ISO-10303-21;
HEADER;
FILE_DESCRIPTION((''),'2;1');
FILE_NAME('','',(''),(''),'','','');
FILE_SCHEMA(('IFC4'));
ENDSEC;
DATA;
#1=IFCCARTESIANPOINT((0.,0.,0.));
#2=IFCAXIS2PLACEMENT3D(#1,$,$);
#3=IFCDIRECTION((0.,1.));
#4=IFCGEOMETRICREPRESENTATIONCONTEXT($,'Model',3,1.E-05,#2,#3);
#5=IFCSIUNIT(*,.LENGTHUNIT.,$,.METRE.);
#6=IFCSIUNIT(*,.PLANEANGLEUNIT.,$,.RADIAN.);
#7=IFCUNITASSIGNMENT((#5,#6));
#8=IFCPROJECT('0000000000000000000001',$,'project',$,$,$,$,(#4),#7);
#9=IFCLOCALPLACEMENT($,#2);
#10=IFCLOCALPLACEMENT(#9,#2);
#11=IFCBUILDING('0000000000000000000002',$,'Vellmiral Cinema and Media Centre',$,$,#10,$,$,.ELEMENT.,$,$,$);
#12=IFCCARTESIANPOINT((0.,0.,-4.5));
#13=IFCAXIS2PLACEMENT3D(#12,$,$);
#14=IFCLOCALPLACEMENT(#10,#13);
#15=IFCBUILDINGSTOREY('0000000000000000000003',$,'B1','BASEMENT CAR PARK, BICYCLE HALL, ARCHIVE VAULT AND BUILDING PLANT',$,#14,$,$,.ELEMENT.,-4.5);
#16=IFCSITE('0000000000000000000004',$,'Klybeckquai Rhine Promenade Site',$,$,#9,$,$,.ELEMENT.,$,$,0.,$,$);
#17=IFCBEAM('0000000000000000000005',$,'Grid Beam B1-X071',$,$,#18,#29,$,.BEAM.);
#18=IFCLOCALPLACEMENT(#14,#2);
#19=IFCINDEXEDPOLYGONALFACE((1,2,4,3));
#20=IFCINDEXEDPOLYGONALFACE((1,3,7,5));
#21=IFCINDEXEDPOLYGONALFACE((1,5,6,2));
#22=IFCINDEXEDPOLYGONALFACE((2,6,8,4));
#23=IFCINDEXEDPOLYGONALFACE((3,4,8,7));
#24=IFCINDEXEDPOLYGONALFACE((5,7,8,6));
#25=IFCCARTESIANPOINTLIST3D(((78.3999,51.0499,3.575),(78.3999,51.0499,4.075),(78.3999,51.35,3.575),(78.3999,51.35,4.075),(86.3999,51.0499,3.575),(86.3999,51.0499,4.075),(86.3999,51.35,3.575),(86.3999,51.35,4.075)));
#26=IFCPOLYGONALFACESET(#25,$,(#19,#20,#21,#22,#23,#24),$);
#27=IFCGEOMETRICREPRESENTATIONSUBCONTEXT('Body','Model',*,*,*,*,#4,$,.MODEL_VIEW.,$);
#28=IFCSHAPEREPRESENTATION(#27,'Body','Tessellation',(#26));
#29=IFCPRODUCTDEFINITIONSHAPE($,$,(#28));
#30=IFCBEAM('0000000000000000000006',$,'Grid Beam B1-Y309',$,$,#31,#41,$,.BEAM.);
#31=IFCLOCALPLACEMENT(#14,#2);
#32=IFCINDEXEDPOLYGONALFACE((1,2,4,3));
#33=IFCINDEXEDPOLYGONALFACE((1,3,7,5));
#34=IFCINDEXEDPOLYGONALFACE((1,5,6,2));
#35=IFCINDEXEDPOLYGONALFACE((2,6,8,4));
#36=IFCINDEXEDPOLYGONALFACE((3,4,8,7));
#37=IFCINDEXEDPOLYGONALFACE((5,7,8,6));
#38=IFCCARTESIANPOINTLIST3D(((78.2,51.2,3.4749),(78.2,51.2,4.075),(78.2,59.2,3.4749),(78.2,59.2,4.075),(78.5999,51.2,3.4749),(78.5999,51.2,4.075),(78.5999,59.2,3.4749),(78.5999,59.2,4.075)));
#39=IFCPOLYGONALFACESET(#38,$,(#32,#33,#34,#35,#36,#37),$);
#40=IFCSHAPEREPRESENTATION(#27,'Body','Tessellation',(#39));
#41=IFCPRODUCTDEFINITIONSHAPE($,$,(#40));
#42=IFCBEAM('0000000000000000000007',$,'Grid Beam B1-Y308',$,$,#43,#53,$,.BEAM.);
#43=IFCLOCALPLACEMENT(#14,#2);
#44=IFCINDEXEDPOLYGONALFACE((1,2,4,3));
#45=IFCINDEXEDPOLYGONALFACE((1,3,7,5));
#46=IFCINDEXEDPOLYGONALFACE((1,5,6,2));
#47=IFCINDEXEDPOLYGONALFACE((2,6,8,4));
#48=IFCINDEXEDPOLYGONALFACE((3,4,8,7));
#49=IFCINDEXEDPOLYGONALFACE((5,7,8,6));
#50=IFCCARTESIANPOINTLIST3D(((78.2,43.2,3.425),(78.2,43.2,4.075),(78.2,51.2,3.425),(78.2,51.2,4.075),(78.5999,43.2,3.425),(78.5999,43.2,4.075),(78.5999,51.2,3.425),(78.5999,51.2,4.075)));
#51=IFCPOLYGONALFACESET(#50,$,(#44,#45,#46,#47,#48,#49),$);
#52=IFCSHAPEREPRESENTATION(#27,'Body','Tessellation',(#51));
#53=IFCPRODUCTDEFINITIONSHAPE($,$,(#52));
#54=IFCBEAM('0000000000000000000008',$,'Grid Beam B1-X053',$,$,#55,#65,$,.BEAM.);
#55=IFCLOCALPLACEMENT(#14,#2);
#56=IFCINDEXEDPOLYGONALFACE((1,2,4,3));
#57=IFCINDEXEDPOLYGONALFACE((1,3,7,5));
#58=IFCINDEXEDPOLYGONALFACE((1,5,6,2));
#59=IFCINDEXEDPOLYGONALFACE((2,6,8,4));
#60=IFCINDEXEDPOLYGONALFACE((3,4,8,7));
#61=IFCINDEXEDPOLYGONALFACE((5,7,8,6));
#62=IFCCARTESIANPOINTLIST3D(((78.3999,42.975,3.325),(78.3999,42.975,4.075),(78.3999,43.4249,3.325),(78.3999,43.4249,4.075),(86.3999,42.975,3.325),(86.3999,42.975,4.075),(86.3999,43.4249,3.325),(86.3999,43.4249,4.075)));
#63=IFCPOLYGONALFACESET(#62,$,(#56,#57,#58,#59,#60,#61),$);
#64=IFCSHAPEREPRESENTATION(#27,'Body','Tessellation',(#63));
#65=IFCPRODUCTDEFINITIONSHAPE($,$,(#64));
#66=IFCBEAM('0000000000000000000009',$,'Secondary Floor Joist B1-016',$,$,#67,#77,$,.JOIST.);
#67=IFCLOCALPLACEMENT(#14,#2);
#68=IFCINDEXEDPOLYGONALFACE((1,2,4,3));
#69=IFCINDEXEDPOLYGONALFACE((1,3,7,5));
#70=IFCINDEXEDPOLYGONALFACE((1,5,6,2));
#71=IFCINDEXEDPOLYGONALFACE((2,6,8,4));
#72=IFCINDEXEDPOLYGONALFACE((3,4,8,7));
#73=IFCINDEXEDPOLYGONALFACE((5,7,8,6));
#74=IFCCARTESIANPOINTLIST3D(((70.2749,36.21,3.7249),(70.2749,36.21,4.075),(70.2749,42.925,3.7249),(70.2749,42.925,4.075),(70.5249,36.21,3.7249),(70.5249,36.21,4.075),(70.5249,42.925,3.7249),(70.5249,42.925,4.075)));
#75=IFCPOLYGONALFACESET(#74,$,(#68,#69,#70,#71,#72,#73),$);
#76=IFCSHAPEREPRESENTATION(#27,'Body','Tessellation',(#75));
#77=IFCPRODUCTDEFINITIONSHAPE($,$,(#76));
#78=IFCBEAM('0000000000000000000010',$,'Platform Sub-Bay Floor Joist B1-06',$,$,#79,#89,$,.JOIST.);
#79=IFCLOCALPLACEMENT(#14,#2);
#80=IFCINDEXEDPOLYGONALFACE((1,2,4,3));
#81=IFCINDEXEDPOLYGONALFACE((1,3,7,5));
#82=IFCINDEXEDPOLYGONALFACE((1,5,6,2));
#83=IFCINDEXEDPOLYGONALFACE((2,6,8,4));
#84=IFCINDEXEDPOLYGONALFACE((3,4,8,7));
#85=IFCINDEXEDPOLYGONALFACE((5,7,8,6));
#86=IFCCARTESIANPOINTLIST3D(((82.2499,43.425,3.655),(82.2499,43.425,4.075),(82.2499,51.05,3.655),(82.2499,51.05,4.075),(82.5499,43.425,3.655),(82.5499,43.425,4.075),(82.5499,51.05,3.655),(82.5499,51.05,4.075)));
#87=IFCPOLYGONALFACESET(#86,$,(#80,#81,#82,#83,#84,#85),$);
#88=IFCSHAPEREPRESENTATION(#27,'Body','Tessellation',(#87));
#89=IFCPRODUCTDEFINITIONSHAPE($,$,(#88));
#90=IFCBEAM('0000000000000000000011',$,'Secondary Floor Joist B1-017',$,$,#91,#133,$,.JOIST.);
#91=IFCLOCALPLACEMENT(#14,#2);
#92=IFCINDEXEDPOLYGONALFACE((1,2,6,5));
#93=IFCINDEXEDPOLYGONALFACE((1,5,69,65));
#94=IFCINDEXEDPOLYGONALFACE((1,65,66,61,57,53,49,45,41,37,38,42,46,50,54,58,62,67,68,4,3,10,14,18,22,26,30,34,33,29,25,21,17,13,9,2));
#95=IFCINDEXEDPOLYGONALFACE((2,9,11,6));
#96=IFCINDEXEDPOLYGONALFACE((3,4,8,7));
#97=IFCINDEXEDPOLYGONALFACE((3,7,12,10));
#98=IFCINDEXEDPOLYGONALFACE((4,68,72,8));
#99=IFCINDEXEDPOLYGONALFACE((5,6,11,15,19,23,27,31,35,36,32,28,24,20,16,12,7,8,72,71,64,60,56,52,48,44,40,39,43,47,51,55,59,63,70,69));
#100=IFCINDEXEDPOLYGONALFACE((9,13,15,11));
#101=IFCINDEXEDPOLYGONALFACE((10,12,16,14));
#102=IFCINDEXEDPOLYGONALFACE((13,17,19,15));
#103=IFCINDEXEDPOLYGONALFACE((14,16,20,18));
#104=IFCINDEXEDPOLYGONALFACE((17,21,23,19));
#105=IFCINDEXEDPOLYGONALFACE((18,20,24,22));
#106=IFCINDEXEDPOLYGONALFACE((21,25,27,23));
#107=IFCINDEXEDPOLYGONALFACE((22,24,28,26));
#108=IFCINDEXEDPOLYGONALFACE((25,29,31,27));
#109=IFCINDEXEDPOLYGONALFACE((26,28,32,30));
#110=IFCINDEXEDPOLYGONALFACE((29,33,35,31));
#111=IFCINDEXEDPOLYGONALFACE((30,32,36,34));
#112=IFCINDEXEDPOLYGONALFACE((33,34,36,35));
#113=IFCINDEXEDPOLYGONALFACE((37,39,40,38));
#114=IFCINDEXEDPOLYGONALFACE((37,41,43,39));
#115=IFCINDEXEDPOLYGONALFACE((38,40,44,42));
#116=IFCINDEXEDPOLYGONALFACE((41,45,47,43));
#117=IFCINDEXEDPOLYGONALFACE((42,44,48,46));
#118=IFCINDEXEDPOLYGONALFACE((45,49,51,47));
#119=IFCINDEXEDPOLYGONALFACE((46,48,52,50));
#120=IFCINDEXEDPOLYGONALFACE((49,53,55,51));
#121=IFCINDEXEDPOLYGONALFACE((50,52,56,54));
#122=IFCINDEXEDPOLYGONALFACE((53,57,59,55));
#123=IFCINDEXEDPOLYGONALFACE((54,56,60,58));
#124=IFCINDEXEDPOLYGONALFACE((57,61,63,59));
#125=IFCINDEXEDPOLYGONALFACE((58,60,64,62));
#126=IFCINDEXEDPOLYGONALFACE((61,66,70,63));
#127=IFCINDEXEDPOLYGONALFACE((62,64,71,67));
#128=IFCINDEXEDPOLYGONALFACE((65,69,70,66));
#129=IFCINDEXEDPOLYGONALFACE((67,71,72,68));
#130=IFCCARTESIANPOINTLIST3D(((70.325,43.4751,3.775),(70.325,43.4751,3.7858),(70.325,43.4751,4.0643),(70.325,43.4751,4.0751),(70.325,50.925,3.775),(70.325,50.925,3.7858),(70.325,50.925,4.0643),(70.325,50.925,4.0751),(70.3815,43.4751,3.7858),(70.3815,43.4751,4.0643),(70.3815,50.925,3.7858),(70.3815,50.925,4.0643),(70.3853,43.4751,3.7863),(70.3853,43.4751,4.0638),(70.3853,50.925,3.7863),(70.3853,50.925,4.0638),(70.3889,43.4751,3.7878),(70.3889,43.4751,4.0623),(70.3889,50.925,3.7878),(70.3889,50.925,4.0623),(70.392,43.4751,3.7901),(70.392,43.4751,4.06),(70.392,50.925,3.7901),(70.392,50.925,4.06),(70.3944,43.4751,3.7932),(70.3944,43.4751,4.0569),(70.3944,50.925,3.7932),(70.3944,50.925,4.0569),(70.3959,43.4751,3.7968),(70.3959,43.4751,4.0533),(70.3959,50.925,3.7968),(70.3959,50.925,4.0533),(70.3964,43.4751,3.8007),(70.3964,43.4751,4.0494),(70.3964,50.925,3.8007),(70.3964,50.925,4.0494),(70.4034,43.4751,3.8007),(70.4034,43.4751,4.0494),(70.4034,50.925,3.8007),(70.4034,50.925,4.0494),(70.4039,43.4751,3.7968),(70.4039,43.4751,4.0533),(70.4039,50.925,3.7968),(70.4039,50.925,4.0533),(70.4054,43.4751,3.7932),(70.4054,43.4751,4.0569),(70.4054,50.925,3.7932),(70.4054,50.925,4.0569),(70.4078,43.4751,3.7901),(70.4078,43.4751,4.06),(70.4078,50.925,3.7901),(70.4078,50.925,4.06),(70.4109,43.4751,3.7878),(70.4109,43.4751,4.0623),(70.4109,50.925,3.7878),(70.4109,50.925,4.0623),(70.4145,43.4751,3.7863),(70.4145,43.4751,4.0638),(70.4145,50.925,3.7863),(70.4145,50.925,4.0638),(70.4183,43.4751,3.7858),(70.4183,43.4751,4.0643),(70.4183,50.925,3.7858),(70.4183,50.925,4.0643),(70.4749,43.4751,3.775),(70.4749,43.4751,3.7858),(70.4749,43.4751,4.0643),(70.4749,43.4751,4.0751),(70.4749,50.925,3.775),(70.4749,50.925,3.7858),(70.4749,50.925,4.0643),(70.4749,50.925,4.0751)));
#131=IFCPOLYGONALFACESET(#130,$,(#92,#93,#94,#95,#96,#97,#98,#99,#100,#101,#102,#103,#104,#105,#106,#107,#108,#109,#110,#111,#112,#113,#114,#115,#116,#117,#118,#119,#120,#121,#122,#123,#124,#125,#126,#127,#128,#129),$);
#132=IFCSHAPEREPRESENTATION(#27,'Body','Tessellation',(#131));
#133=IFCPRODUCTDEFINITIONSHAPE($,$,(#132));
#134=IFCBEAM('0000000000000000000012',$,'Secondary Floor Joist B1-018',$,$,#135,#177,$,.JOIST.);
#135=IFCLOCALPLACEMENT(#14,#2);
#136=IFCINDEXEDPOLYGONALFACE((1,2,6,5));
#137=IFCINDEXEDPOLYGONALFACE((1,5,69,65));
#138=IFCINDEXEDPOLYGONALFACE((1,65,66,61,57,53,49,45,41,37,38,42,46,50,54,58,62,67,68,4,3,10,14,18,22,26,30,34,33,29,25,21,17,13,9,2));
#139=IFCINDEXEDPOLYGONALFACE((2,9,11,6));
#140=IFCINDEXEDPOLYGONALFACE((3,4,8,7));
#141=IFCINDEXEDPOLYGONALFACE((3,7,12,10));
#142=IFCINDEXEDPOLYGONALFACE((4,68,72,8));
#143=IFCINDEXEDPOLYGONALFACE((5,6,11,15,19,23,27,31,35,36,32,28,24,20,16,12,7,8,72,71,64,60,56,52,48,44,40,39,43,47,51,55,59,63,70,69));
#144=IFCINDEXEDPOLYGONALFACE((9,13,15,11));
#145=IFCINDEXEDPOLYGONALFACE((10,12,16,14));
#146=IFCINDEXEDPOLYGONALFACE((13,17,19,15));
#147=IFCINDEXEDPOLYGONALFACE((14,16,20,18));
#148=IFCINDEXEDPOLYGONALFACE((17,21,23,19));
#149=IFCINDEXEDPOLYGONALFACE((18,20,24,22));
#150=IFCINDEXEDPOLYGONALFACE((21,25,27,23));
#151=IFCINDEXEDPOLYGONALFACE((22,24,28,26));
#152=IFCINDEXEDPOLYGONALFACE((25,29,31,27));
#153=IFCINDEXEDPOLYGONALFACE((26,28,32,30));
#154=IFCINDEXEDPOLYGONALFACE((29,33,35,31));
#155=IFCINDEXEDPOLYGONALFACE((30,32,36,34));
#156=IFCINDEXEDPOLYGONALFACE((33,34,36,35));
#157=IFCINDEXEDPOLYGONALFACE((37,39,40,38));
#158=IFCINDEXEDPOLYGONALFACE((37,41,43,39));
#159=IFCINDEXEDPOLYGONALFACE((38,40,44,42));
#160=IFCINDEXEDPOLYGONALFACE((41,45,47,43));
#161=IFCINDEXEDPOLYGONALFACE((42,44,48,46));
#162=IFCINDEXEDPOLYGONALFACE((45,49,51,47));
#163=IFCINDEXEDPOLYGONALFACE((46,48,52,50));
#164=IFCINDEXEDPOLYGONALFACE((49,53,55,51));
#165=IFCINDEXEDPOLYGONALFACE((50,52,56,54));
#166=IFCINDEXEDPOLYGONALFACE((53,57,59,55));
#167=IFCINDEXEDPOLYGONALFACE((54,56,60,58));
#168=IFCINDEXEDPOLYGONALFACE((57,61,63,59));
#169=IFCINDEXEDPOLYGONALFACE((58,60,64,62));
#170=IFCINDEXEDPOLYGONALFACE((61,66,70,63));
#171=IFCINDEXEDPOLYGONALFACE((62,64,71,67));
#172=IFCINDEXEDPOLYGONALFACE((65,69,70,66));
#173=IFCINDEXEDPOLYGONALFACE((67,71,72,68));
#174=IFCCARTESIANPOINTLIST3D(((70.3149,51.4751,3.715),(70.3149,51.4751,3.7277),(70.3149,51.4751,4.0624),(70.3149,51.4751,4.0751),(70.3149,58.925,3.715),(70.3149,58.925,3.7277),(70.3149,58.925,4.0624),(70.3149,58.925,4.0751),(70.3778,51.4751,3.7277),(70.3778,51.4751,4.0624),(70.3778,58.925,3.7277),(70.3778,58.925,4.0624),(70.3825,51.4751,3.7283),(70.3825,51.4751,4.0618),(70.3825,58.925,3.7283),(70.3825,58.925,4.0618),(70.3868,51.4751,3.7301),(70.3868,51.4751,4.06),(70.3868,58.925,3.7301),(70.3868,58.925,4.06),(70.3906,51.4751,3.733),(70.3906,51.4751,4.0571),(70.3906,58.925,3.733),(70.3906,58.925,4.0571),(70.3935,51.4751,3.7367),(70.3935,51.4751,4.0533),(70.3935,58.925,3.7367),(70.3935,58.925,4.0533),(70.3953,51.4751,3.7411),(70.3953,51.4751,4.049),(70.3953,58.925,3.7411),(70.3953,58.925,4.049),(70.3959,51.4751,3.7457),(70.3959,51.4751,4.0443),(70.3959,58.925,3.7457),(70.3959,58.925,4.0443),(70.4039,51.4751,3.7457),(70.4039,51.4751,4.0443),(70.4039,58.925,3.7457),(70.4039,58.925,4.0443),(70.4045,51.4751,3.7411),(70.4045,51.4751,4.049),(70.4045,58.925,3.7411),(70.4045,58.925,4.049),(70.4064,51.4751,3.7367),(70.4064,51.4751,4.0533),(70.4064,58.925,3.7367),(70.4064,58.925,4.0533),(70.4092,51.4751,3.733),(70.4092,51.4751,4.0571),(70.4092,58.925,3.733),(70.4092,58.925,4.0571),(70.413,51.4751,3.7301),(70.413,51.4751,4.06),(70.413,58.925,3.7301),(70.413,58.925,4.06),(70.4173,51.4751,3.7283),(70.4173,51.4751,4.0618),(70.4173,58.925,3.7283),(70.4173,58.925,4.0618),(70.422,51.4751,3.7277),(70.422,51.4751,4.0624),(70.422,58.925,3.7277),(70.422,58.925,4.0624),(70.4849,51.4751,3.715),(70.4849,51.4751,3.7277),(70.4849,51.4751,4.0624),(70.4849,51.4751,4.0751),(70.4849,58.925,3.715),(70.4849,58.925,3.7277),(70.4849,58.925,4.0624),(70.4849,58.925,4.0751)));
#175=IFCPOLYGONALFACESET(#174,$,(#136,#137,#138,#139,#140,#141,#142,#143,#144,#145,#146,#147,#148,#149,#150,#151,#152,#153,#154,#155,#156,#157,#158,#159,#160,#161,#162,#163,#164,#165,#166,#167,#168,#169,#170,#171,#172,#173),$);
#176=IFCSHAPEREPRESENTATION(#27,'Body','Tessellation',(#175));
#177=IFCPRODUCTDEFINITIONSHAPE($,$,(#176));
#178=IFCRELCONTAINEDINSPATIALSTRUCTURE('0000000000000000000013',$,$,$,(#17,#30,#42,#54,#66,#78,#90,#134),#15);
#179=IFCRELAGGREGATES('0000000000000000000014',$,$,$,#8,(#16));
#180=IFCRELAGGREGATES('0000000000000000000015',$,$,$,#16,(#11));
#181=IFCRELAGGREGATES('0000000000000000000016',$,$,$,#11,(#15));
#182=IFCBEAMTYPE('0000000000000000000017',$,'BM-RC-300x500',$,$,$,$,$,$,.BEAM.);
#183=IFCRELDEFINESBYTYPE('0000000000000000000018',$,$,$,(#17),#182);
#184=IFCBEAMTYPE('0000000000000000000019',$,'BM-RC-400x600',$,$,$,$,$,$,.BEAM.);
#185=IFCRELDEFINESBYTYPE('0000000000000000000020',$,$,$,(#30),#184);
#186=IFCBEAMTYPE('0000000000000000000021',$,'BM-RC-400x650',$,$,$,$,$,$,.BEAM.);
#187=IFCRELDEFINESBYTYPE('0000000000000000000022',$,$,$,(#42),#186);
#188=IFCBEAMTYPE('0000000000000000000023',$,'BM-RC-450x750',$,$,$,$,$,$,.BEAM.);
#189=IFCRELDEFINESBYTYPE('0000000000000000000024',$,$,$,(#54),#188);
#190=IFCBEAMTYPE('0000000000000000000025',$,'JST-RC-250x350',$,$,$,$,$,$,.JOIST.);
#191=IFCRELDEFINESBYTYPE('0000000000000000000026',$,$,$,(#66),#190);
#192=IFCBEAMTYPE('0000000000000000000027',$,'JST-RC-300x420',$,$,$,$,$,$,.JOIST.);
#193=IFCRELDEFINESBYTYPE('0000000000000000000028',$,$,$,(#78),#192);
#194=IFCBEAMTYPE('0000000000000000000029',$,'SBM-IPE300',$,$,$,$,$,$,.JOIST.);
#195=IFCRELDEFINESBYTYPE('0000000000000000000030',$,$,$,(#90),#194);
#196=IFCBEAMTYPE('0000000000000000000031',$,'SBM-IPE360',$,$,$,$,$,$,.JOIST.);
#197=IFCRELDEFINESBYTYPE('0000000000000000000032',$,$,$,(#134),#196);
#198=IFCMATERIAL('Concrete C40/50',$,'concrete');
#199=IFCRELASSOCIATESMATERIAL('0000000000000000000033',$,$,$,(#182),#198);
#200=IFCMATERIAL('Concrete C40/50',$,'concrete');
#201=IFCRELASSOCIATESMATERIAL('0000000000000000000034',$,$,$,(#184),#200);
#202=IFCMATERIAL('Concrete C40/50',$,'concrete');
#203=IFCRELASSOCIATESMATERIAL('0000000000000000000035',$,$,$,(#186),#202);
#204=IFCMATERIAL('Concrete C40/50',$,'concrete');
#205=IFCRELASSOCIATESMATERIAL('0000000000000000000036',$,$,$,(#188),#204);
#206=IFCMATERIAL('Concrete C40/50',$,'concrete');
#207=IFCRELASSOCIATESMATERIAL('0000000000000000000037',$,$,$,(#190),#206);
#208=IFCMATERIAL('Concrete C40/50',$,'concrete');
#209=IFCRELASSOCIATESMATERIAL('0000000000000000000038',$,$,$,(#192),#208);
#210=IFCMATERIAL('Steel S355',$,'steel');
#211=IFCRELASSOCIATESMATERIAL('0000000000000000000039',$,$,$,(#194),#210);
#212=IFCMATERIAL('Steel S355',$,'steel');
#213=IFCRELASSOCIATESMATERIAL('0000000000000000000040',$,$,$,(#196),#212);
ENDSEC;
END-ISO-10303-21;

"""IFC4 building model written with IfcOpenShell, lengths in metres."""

from ifc_helpers import new_model, si_unit, direction, frame, origin, origin_2d, place, context, subcontext, project, spatial, rectangle, i_section, extrude, material, material_profile, profile_set, type_object, element, save


model = new_model("IFC4")

# Units and contexts
model_context = context("Model", 3, precision=1e-05, world=origin(), true_north=direction((0.0, 1.0)))
body_context = subcontext(model_context, "Body", "Model", "MODEL_VIEW")
ifc_project = project(units=[si_unit("LENGTHUNIT", "METRE"), si_unit("PLANEANGLEUNIT", "RADIAN")], contexts=[model_context])

# Site, building, storey
site_placement = place(None, origin())
site = spatial("IfcSite", under=ifc_project, at=site_placement, Name="Klybeckquai Rhine Promenade Site", CompositionType="ELEMENT", RefElevation=0.0)
building_placement = place(site_placement, origin())
building = spatial("IfcBuilding", under=site, at=building_placement, Name="Vellmiral Cinema and Media Centre", CompositionType="ELEMENT")
storey_placement = place(building_placement, frame((0.0, 0.0, -4.5)))
storey = spatial("IfcBuildingStorey", under=building, at=storey_placement, Name="B1", Description="BASEMENT CAR PARK, BICYCLE HALL, ARCHIVE VAULT AND BUILDING PLANT", CompositionType="ELEMENT", Elevation=-4.5)

# Beams
ifc_material_1 = material(Name="Concrete C40/50", Category="concrete")
ifc_material_profile_1 = material_profile(ifc_material_1, rectangle(XDim=0.3, YDim=0.5, at=origin_2d()), Name="RC 300x500")
ifc_profile_set_1 = profile_set([ifc_material_profile_1], Name="Concrete C40/50")
beam_type_1 = type_object("IfcBeamType", Name="BM-RC-300x500", PredefinedType="BEAM", material=ifc_profile_set_1)
beam_1_placement = place(storey_placement, frame((78.3999, 51.2, 3.825), z_axis=(1.0, 0.0, 0.0), x_axis=(0.0, 1.0, 0.0)))
element("IfcBeam", 1, at=beam_1_placement, inside=storey, type_object=beam_type_1, Name="Grid Beam B1-X071", PredefinedType="BEAM", context=body_context, shape_type="SweptSolid", body=[
    extrude(rectangle(XDim=0.3, YDim=0.5, at=origin_2d()), origin(), (0.0, 0.0, 1.0), 8.0),
])
ifc_material_2 = material(Name="Concrete C40/50", Category="concrete")
ifc_material_profile_2 = material_profile(ifc_material_2, rectangle(XDim=0.3999, YDim=0.6001, at=origin_2d()), Name="RC 400x600")
ifc_profile_set_2 = profile_set([ifc_material_profile_2], Name="Concrete C40/50")
beam_type_2 = type_object("IfcBeamType", Name="BM-RC-400x600", PredefinedType="BEAM", material=ifc_profile_set_2)
beam_2_placement = place(storey_placement, frame((78.3999, 51.2, 3.7749), z_axis=(0.0, 1.0, 0.0), x_axis=(-1.0, 0.0, 0.0)))
element("IfcBeam", 2, at=beam_2_placement, inside=storey, type_object=beam_type_2, Name="Grid Beam B1-Y309", PredefinedType="BEAM", context=body_context, shape_type="SweptSolid", body=[
    extrude(rectangle(XDim=0.3999, YDim=0.6001, at=origin_2d()), origin(), (0.0, 0.0, 1.0), 8.0),
])
ifc_material_3 = material(Name="Concrete C40/50", Category="concrete")
ifc_material_profile_3 = material_profile(ifc_material_3, rectangle(XDim=0.3999, YDim=0.6499, at=origin_2d()), Name="RC 400x650")
ifc_profile_set_3 = profile_set([ifc_material_profile_3], Name="Concrete C40/50")
beam_type_3 = type_object("IfcBeamType", Name="BM-RC-400x650", PredefinedType="BEAM", material=ifc_profile_set_3)
beam_3_placement = place(storey_placement, frame((78.3999, 43.2, 3.75), z_axis=(0.0, 1.0, 0.0), x_axis=(-1.0, 0.0, 0.0)))
element("IfcBeam", 3, at=beam_3_placement, inside=storey, type_object=beam_type_3, Name="Grid Beam B1-Y308", PredefinedType="BEAM", context=body_context, shape_type="SweptSolid", body=[
    extrude(rectangle(XDim=0.3999, YDim=0.6499, at=origin_2d()), origin(), (0.0, 0.0, 1.0), 8.0),
])
ifc_material_4 = material(Name="Concrete C40/50", Category="concrete")
ifc_material_profile_4 = material_profile(ifc_material_4, rectangle(XDim=0.45, YDim=0.75, at=origin_2d()), Name="RC 450x750")
ifc_profile_set_4 = profile_set([ifc_material_profile_4], Name="Concrete C40/50")
beam_type_4 = type_object("IfcBeamType", Name="BM-RC-450x750", PredefinedType="BEAM", material=ifc_profile_set_4)
beam_4_placement = place(storey_placement, frame((78.3999, 43.2, 3.7), z_axis=(1.0, 0.0, 0.0), x_axis=(0.0, 1.0, 0.0)))
element("IfcBeam", 4, at=beam_4_placement, inside=storey, type_object=beam_type_4, Name="Grid Beam B1-X053", PredefinedType="BEAM", context=body_context, shape_type="SweptSolid", body=[
    extrude(rectangle(XDim=0.45, YDim=0.75, at=origin_2d()), origin(), (0.0, 0.0, 1.0), 8.0),
])
ifc_material_5 = material(Name="Concrete C40/50", Category="concrete")
ifc_material_profile_5 = material_profile(ifc_material_5, rectangle(XDim=0.25, YDim=0.3501, at=origin_2d()), Name="RC 250x350")
ifc_profile_set_5 = profile_set([ifc_material_profile_5], Name="Concrete C40/50")
beam_type_5 = type_object("IfcBeamType", Name="JST-RC-250x350", PredefinedType="JOIST", material=ifc_profile_set_5)
beam_5_placement = place(storey_placement, frame((70.3999, 36.21, 3.8999), z_axis=(0.0, 1.0, 0.0), x_axis=(-1.0, 0.0, 0.0)))
element("IfcBeam", 5, at=beam_5_placement, inside=storey, type_object=beam_type_5, Name="Secondary Floor Joist B1-016", PredefinedType="JOIST", context=body_context, shape_type="SweptSolid", body=[
    extrude(rectangle(XDim=0.25, YDim=0.3501, at=origin_2d()), origin(), (0.0, 0.0, 1.0), 6.7151),
])
ifc_material_6 = material(Name="Concrete C40/50", Category="concrete")
ifc_material_profile_6 = material_profile(ifc_material_6, rectangle(XDim=0.3, YDim=0.4199, at=origin_2d()), Name="RC 300x420")
ifc_profile_set_6 = profile_set([ifc_material_profile_6], Name="Concrete C40/50")
beam_type_6 = type_object("IfcBeamType", Name="JST-RC-300x420", PredefinedType="JOIST", material=ifc_profile_set_6)
beam_6_placement = place(storey_placement, frame((82.3999, 43.425, 3.865), z_axis=(0.0, 1.0, 0.0), x_axis=(-1.0, 0.0, 0.0)))
element("IfcBeam", 6, at=beam_6_placement, inside=storey, type_object=beam_type_6, Name="Platform Sub-Bay Floor Joist B1-06", PredefinedType="JOIST", context=body_context, shape_type="SweptSolid", body=[
    extrude(rectangle(XDim=0.3, YDim=0.4199, at=origin_2d()), origin(), (0.0, 0.0, 1.0), 7.625),
])
ifc_material_7 = material(Name="Steel S355", Category="steel")
ifc_material_profile_7 = material_profile(ifc_material_7, i_section(OverallWidth=0.1499, OverallDepth=0.3, WebThickness=0.0071, FlangeThickness=0.0107, FilletRadius=0.0149, at=origin_2d()), Name="IPE 300")
ifc_profile_set_7 = profile_set([ifc_material_profile_7], Name="Steel S355")
beam_type_7 = type_object("IfcBeamType", Name="SBM-IPE300", PredefinedType="JOIST", material=ifc_profile_set_7)
beam_7_placement = place(storey_placement, frame((70.3999, 43.4751, 3.925), z_axis=(0.0, 1.0, 0.0), x_axis=(-1.0, 0.0, 0.0)))
element("IfcBeam", 7, at=beam_7_placement, inside=storey, type_object=beam_type_7, Name="Secondary Floor Joist B1-017", PredefinedType="JOIST", context=body_context, shape_type="SweptSolid", body=[
    extrude(i_section(OverallWidth=0.1499, OverallDepth=0.3, WebThickness=0.0071, FlangeThickness=0.0107, FilletRadius=0.0149, at=origin_2d()), origin(), (0.0, 0.0, 1.0), 7.45),
])
ifc_material_8 = material(Name="Steel S355", Category="steel")
ifc_material_profile_8 = material_profile(ifc_material_8, i_section(OverallWidth=0.1699, OverallDepth=0.3601, WebThickness=0.0081, FlangeThickness=0.0127, FilletRadius=0.0181, at=origin_2d()), Name="IPE 360")
ifc_profile_set_8 = profile_set([ifc_material_profile_8], Name="Steel S355")
beam_type_8 = type_object("IfcBeamType", Name="SBM-IPE360", PredefinedType="JOIST", material=ifc_profile_set_8)
beam_8_placement = place(storey_placement, frame((70.3999, 51.4751, 3.895), z_axis=(0.0, 1.0, 0.0), x_axis=(-1.0, 0.0, 0.0)))
element("IfcBeam", 8, at=beam_8_placement, inside=storey, type_object=beam_type_8, Name="Secondary Floor Joist B1-018", PredefinedType="JOIST", context=body_context, shape_type="SweptSolid", body=[
    extrude(i_section(OverallWidth=0.1699, OverallDepth=0.3601, WebThickness=0.0081, FlangeThickness=0.0127, FilletRadius=0.0181, at=origin_2d()), origin(), (0.0, 0.0, 1.0), 7.45),
])

save(model, "model.ifc")
